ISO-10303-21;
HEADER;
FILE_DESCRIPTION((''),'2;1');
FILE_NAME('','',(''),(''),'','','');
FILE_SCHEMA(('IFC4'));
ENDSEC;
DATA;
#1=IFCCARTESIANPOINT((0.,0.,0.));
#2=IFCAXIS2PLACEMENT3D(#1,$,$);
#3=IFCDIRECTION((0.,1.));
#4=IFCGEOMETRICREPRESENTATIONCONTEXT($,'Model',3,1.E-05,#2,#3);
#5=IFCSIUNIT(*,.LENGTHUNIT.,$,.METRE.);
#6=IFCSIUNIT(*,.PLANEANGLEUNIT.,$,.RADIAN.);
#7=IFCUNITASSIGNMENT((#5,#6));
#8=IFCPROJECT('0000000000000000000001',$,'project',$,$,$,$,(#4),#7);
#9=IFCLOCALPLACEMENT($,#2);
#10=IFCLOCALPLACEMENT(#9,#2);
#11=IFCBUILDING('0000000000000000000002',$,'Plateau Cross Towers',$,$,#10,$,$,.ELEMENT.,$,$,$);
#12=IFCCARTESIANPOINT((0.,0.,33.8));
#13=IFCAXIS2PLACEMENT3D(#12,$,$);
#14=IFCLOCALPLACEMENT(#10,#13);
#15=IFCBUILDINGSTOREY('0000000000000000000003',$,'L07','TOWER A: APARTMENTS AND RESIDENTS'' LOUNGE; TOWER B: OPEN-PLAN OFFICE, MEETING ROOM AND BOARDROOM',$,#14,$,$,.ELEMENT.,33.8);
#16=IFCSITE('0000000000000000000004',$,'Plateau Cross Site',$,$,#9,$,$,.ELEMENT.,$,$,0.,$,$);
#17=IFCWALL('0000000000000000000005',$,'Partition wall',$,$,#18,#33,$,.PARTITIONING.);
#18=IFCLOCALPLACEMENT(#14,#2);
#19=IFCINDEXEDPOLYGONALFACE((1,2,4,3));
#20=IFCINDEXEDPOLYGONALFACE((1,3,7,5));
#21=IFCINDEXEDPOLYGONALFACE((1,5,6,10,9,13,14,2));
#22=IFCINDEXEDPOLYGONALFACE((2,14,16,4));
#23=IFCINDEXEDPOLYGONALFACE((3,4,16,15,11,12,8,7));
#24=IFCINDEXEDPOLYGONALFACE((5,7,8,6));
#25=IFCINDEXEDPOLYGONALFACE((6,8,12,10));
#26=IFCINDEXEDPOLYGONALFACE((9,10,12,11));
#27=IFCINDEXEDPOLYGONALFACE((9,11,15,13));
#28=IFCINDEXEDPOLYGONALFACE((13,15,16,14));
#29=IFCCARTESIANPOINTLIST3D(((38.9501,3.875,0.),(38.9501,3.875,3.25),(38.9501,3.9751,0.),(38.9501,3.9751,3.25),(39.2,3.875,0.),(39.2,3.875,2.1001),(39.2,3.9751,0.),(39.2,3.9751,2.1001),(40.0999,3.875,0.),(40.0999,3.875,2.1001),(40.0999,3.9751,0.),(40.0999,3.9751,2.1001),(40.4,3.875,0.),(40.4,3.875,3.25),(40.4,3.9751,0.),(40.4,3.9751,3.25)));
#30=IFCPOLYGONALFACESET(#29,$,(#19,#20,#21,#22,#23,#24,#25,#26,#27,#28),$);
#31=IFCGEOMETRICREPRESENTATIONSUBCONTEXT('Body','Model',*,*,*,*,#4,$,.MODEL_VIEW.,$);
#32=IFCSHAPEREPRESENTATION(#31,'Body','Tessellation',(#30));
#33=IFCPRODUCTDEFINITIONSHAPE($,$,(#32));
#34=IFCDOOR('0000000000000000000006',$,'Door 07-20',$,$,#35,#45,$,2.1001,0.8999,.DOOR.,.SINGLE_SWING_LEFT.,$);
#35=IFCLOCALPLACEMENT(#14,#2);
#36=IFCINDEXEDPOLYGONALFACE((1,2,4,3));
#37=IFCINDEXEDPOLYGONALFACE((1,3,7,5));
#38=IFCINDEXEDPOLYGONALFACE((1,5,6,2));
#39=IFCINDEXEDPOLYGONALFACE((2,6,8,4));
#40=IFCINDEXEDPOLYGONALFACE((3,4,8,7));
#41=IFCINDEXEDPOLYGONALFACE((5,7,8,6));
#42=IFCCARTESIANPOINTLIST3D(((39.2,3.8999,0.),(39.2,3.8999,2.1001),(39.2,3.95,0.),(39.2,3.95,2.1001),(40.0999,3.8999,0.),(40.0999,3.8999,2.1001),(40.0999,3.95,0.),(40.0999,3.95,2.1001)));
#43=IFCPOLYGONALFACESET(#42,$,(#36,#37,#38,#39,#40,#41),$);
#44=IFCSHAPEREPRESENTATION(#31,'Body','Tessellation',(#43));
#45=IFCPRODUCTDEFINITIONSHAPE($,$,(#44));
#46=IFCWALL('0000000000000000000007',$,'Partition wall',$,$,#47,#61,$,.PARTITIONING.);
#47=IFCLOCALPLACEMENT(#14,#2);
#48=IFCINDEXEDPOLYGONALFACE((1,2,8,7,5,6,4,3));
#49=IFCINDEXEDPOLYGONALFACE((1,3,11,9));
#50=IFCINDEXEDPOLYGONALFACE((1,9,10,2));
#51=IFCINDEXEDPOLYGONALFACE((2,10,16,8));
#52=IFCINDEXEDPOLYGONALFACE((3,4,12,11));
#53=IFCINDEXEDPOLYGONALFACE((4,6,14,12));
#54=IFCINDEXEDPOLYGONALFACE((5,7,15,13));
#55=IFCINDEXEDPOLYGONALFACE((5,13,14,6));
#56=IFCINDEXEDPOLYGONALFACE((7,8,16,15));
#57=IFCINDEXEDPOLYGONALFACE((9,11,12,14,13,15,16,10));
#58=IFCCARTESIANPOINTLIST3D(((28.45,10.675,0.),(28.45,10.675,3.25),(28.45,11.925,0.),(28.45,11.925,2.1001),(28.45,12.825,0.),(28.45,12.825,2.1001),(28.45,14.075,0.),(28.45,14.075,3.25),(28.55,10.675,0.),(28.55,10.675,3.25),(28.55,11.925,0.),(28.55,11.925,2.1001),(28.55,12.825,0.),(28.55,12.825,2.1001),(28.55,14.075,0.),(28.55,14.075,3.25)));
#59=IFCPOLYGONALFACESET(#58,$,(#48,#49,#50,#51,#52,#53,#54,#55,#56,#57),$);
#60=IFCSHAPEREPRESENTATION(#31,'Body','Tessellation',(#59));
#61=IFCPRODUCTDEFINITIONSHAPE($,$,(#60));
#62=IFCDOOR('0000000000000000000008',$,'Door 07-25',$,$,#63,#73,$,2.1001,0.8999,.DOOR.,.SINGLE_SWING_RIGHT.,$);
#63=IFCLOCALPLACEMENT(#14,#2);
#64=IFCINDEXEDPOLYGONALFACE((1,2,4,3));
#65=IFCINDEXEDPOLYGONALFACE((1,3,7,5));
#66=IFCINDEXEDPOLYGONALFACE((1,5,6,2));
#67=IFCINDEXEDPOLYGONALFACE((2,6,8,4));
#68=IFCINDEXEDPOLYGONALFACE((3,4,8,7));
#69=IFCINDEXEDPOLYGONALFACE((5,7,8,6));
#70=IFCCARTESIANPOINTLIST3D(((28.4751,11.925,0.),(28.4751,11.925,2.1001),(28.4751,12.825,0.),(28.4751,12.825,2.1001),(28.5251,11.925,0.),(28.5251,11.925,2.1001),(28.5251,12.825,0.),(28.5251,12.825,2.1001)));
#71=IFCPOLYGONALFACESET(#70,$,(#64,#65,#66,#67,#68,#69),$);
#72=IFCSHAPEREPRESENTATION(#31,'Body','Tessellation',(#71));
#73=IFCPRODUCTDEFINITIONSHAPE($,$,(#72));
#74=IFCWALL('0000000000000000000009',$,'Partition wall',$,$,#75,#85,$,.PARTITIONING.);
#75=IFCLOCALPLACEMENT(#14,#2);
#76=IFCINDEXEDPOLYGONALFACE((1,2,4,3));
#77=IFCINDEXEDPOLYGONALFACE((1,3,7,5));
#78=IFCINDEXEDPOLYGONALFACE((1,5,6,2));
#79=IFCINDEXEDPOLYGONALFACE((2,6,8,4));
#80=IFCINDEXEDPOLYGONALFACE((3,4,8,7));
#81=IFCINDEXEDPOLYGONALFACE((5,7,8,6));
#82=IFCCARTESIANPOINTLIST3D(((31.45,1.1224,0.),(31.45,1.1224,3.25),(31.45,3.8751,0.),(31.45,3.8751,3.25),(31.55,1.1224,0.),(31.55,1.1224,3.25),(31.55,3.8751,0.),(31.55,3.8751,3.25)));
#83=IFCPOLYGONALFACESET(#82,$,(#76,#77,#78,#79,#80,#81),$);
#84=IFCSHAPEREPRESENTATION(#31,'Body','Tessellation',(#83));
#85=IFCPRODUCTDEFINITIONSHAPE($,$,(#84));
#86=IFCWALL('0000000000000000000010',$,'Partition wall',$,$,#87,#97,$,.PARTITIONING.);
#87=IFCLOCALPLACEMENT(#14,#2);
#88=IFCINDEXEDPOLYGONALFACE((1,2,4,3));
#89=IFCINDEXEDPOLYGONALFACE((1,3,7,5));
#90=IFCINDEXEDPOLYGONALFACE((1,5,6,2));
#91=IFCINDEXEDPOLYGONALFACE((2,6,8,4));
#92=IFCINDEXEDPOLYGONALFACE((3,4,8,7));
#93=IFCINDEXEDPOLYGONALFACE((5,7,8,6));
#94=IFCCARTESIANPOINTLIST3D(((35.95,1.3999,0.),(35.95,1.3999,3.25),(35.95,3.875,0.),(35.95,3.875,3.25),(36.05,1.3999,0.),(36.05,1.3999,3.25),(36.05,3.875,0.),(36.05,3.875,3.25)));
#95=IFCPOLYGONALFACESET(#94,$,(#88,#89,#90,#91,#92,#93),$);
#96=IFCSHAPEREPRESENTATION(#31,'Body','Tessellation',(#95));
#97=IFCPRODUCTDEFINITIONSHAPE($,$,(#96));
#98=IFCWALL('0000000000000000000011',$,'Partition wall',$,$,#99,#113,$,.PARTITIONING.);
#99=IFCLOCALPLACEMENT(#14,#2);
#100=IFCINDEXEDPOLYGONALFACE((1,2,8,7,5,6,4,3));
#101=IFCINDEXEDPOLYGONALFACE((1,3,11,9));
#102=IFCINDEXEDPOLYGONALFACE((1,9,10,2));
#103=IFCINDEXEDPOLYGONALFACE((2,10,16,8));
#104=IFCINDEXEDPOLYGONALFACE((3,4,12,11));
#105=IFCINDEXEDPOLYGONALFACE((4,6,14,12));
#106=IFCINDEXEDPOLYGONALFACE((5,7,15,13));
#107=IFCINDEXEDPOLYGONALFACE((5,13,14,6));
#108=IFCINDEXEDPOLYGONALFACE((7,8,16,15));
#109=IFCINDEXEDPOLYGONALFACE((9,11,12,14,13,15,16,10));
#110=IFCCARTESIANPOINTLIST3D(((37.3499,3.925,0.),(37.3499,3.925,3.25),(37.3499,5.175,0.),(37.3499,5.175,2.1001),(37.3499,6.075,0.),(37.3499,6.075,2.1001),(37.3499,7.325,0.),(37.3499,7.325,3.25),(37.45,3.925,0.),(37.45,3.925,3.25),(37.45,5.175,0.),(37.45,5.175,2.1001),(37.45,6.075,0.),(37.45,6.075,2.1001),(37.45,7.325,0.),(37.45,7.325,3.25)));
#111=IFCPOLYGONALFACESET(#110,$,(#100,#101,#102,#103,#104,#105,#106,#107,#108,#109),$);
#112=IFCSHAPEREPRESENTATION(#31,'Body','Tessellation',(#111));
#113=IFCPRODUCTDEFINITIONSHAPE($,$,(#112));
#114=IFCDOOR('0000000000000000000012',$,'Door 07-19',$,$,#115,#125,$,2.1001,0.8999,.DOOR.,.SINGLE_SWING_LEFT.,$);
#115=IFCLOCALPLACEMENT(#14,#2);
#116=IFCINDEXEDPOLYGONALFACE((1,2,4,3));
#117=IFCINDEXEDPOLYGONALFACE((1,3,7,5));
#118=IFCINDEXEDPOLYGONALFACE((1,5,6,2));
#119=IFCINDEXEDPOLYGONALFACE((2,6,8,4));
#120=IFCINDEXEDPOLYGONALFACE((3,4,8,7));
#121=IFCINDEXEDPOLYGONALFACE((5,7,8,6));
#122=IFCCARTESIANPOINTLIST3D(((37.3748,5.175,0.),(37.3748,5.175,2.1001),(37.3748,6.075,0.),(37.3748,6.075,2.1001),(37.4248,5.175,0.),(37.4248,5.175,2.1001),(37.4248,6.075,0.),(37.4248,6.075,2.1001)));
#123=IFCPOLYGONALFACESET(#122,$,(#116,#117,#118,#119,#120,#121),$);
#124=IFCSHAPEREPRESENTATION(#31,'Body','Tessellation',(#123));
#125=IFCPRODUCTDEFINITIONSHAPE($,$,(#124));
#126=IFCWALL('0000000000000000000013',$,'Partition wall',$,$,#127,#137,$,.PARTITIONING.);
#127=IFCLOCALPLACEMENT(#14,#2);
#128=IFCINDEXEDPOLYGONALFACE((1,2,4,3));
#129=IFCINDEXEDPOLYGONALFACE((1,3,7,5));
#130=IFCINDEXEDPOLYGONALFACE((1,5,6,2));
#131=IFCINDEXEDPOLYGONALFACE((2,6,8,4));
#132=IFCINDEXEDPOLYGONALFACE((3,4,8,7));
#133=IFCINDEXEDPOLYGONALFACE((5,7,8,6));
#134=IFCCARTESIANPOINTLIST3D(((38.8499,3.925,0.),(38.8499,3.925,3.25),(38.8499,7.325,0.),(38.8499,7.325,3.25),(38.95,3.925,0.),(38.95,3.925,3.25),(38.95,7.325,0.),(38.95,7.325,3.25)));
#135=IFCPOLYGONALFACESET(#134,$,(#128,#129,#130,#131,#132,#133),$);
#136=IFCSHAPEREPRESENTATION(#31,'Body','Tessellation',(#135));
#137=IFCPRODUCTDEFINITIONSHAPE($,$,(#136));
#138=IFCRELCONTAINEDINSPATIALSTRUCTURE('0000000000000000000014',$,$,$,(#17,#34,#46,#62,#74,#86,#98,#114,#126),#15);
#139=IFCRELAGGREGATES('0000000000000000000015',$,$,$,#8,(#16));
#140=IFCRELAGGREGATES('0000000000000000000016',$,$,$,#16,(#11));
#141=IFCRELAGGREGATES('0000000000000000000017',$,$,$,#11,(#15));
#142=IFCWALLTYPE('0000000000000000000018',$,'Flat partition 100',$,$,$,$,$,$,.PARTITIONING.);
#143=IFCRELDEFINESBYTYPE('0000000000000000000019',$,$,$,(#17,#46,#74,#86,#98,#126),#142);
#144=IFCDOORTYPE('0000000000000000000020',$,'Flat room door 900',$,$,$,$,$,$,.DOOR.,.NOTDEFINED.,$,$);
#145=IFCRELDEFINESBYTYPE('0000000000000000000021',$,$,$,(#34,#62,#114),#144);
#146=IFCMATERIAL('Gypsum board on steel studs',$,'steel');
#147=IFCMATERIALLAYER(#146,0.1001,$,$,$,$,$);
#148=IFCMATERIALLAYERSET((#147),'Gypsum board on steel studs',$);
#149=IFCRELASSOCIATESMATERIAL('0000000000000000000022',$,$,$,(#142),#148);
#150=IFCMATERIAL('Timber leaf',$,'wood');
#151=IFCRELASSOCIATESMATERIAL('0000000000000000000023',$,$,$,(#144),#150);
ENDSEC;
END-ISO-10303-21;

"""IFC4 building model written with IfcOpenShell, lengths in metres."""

from ifc_helpers import new_model, si_unit, direction, frame, frame_2d, origin, place, context, subcontext, project, spatial, rectangle, extrude, material, layer, layer_set, type_object, element, fill, save


model = new_model("IFC4")

# Units and contexts
model_context = context("Model", 3, precision=1e-05, world=origin(), true_north=direction((0.0, 1.0)))
body_context = subcontext(model_context, "Body", "Model", "MODEL_VIEW")
ifc_project = project(units=[si_unit("LENGTHUNIT", "METRE"), si_unit("PLANEANGLEUNIT", "RADIAN")], contexts=[model_context])

# Site, building, storey
site_placement = place(None, origin())
site = spatial("IfcSite", under=ifc_project, at=site_placement, Name="Plateau Cross Site", CompositionType="ELEMENT", RefElevation=0.0)
building_placement = place(site_placement, origin())
building = spatial("IfcBuilding", under=site, at=building_placement, Name="Plateau Cross Towers", CompositionType="ELEMENT")
storey_placement = place(building_placement, frame((0.0, 0.0, 33.8)))
storey = spatial("IfcBuildingStorey", under=building, at=storey_placement, Name="L07", Description="TOWER A: APARTMENTS AND RESIDENTS' LOUNGE; TOWER B: OPEN-PLAN OFFICE, MEETING ROOM AND BOARDROOM", CompositionType="ELEMENT", Elevation=33.8)

# Shared definitions
ifc_material_1 = material(Name="Gypsum board on steel studs", Category="steel")
ifc_layer_1 = layer(ifc_material_1, 0.1001)
ifc_layer_set_1 = layer_set([ifc_layer_1], Name="Gypsum board on steel studs")
wall_type = type_object("IfcWallType", Name="Flat partition 100", PredefinedType="PARTITIONING", material=ifc_layer_set_1)
ifc_material_2 = material(Name="Timber leaf", Category="wood")
door_type = type_object("IfcDoorType", Name="Flat room door 900", OperationType="NOTDEFINED", PredefinedType="DOOR", material=ifc_material_2)

# Walls, openings, doors
wall_1_placement = place(storey_placement, frame((38.95, 3.925, 0.0), z_axis=(0.0, 0.0, 1.0), x_axis=(1.0, 0.0, 0.0)))
wall_1 = element("IfcWall", 1, at=wall_1_placement, inside=storey, type_object=wall_type, Name="Partition wall", PredefinedType="PARTITIONING", context=body_context, shape_type="SweptSolid", body=[
    extrude(rectangle(XDim=1.45, YDim=0.1001, at=frame_2d((0.7251, 0.0))), origin(), (0.0, 0.0, 1.0), 3.25),
])
opening_1_placement = place(wall_1_placement, frame((0.25, 0.0, 0.0)))
opening_1 = element("IfcOpeningElement", 2, at=opening_1_placement, cuts=wall_1, PredefinedType="OPENING", context=body_context, shape_type="SweptSolid", body=[
    extrude(rectangle(XDim=0.8999, YDim=2.1001, at=frame_2d((0.45, 1.05))), frame((0.0, 0.0601, 0.0), z_axis=(0.0, -1.0, 0.0), x_axis=(1.0, 0.0, 0.0)), (0.0, 0.0, 1.0), 0.1201),
])
door_1_placement = place(opening_1_placement, origin())
door_1 = element("IfcDoor", 3, at=door_1_placement, inside=storey, type_object=door_type, Name="Door 07-20", OperationType="SINGLE_SWING_LEFT", OverallHeight=2.1001, OverallWidth=0.8999, PredefinedType="DOOR", context=body_context, shape_type="SweptSolid", body=[
    extrude(rectangle(XDim=0.8999, YDim=2.1001, at=frame_2d((0.45, 1.05))), frame((0.0, 0.0249, 0.0), z_axis=(0.0, -1.0, 0.0), x_axis=(1.0, 0.0, 0.0)), (0.0, 0.0, 1.0), 0.05),
])
fill(opening_1, door_1)
wall_2_placement = place(storey_placement, frame((28.5, 10.675, 0.0), z_axis=(0.0, 0.0, 1.0), x_axis=(0.0, 1.0, 0.0)))
wall_2 = element("IfcWall", 4, at=wall_2_placement, inside=storey, type_object=wall_type, Name="Partition wall", PredefinedType="PARTITIONING", context=body_context, shape_type="SweptSolid", body=[
    extrude(rectangle(XDim=3.3999, YDim=0.1001, at=frame_2d((1.7, 0.0))), origin(), (0.0, 0.0, 1.0), 3.25),
])
opening_2_placement = place(wall_2_placement, frame((1.25, 0.0, 0.0)))
opening_2 = element("IfcOpeningElement", 5, at=opening_2_placement, cuts=wall_2, PredefinedType="OPENING", context=body_context, shape_type="SweptSolid", body=[
    extrude(rectangle(XDim=0.8999, YDim=2.1001, at=frame_2d((0.45, 1.05))), frame((0.0, 0.0601, 0.0), z_axis=(0.0, -1.0, 0.0), x_axis=(1.0, 0.0, 0.0)), (0.0, 0.0, 1.0), 0.1201),
])
door_2_placement = place(opening_2_placement, origin())
door_2 = element("IfcDoor", 6, at=door_2_placement, inside=storey, type_object=door_type, Name="Door 07-25", OperationType="SINGLE_SWING_RIGHT", OverallHeight=2.1001, OverallWidth=0.8999, PredefinedType="DOOR", context=body_context, shape_type="SweptSolid", body=[
    extrude(rectangle(XDim=0.8999, YDim=2.1001, at=frame_2d((0.45, 1.05))), frame((0.0, 0.0249, 0.0), z_axis=(0.0, -1.0, 0.0), x_axis=(1.0, 0.0, 0.0)), (0.0, 0.0, 1.0), 0.05),
])
fill(opening_2, door_2)

# Walls
wall_3_placement = place(storey_placement, frame((31.5, 1.1223, 0.0), z_axis=(0.0, 0.0, 1.0), x_axis=(0.0, 1.0, 0.0)))
element("IfcWall", 7, at=wall_3_placement, inside=storey, type_object=wall_type, Name="Partition wall", PredefinedType="PARTITIONING", context=body_context, shape_type="SweptSolid", body=[
    extrude(rectangle(XDim=2.7527, YDim=0.1001, at=frame_2d((1.3765, 0.0))), origin(), (0.0, 0.0, 1.0), 3.25),
])
wall_4_placement = place(storey_placement, frame((36.0, 1.3999, 0.0), z_axis=(0.0, 0.0, 1.0), x_axis=(0.0, 1.0, 0.0)))
element("IfcWall", 8, at=wall_4_placement, inside=storey, type_object=wall_type, Name="Partition wall", PredefinedType="PARTITIONING", context=body_context, shape_type="SweptSolid", body=[
    extrude(rectangle(XDim=2.4751, YDim=0.1001, at=frame_2d((1.2375, 0.0))), origin(), (0.0, 0.0, 1.0), 3.25),
])

# Wall, opening, door
wall_5_placement = place(storey_placement, frame((37.3999, 7.325, 0.0), z_axis=(0.0, 0.0, 1.0), x_axis=(0.0, -1.0, 0.0)))
wall_5 = element("IfcWall", 9, at=wall_5_placement, inside=storey, type_object=wall_type, Name="Partition wall", PredefinedType="PARTITIONING", context=body_context, shape_type="SweptSolid", body=[
    extrude(rectangle(XDim=3.3999, YDim=0.1001, at=frame_2d((1.7, 0.0))), origin(), (0.0, 0.0, 1.0), 3.25),
])
opening_3_placement = place(wall_5_placement, frame((1.25, 0.0, 0.0)))
opening_3 = element("IfcOpeningElement", 10, at=opening_3_placement, cuts=wall_5, PredefinedType="OPENING", context=body_context, shape_type="SweptSolid", body=[
    extrude(rectangle(XDim=0.8999, YDim=2.1001, at=frame_2d((0.45, 1.05))), frame((0.0, 0.0601, 0.0), z_axis=(0.0, -1.0, 0.0), x_axis=(1.0, 0.0, 0.0)), (0.0, 0.0, 1.0), 0.1201),
])
door_3_placement = place(opening_3_placement, origin())
door_3 = element("IfcDoor", 11, at=door_3_placement, inside=storey, type_object=door_type, Name="Door 07-19", OperationType="SINGLE_SWING_LEFT", OverallHeight=2.1001, OverallWidth=0.8999, PredefinedType="DOOR", context=body_context, shape_type="SweptSolid", body=[
    extrude(rectangle(XDim=0.8999, YDim=2.1001, at=frame_2d((0.45, 1.05))), frame((0.0, 0.0249, 0.0), z_axis=(0.0, -1.0, 0.0), x_axis=(1.0, 0.0, 0.0)), (0.0, 0.0, 1.0), 0.05),
])
fill(opening_3, door_3)

# Wall
wall_6_placement = place(storey_placement, frame((38.8999, 3.925, 0.0), z_axis=(0.0, 0.0, 1.0), x_axis=(0.0, 1.0, 0.0)))
element("IfcWall", 12, at=wall_6_placement, inside=storey, type_object=wall_type, Name="Partition wall", PredefinedType="PARTITIONING", context=body_context, shape_type="SweptSolid", body=[
    extrude(rectangle(XDim=3.3999, YDim=0.1001, at=frame_2d((1.7, 0.0))), origin(), (0.0, 0.0, 1.0), 3.25),
])

save(model, "model.ifc")
